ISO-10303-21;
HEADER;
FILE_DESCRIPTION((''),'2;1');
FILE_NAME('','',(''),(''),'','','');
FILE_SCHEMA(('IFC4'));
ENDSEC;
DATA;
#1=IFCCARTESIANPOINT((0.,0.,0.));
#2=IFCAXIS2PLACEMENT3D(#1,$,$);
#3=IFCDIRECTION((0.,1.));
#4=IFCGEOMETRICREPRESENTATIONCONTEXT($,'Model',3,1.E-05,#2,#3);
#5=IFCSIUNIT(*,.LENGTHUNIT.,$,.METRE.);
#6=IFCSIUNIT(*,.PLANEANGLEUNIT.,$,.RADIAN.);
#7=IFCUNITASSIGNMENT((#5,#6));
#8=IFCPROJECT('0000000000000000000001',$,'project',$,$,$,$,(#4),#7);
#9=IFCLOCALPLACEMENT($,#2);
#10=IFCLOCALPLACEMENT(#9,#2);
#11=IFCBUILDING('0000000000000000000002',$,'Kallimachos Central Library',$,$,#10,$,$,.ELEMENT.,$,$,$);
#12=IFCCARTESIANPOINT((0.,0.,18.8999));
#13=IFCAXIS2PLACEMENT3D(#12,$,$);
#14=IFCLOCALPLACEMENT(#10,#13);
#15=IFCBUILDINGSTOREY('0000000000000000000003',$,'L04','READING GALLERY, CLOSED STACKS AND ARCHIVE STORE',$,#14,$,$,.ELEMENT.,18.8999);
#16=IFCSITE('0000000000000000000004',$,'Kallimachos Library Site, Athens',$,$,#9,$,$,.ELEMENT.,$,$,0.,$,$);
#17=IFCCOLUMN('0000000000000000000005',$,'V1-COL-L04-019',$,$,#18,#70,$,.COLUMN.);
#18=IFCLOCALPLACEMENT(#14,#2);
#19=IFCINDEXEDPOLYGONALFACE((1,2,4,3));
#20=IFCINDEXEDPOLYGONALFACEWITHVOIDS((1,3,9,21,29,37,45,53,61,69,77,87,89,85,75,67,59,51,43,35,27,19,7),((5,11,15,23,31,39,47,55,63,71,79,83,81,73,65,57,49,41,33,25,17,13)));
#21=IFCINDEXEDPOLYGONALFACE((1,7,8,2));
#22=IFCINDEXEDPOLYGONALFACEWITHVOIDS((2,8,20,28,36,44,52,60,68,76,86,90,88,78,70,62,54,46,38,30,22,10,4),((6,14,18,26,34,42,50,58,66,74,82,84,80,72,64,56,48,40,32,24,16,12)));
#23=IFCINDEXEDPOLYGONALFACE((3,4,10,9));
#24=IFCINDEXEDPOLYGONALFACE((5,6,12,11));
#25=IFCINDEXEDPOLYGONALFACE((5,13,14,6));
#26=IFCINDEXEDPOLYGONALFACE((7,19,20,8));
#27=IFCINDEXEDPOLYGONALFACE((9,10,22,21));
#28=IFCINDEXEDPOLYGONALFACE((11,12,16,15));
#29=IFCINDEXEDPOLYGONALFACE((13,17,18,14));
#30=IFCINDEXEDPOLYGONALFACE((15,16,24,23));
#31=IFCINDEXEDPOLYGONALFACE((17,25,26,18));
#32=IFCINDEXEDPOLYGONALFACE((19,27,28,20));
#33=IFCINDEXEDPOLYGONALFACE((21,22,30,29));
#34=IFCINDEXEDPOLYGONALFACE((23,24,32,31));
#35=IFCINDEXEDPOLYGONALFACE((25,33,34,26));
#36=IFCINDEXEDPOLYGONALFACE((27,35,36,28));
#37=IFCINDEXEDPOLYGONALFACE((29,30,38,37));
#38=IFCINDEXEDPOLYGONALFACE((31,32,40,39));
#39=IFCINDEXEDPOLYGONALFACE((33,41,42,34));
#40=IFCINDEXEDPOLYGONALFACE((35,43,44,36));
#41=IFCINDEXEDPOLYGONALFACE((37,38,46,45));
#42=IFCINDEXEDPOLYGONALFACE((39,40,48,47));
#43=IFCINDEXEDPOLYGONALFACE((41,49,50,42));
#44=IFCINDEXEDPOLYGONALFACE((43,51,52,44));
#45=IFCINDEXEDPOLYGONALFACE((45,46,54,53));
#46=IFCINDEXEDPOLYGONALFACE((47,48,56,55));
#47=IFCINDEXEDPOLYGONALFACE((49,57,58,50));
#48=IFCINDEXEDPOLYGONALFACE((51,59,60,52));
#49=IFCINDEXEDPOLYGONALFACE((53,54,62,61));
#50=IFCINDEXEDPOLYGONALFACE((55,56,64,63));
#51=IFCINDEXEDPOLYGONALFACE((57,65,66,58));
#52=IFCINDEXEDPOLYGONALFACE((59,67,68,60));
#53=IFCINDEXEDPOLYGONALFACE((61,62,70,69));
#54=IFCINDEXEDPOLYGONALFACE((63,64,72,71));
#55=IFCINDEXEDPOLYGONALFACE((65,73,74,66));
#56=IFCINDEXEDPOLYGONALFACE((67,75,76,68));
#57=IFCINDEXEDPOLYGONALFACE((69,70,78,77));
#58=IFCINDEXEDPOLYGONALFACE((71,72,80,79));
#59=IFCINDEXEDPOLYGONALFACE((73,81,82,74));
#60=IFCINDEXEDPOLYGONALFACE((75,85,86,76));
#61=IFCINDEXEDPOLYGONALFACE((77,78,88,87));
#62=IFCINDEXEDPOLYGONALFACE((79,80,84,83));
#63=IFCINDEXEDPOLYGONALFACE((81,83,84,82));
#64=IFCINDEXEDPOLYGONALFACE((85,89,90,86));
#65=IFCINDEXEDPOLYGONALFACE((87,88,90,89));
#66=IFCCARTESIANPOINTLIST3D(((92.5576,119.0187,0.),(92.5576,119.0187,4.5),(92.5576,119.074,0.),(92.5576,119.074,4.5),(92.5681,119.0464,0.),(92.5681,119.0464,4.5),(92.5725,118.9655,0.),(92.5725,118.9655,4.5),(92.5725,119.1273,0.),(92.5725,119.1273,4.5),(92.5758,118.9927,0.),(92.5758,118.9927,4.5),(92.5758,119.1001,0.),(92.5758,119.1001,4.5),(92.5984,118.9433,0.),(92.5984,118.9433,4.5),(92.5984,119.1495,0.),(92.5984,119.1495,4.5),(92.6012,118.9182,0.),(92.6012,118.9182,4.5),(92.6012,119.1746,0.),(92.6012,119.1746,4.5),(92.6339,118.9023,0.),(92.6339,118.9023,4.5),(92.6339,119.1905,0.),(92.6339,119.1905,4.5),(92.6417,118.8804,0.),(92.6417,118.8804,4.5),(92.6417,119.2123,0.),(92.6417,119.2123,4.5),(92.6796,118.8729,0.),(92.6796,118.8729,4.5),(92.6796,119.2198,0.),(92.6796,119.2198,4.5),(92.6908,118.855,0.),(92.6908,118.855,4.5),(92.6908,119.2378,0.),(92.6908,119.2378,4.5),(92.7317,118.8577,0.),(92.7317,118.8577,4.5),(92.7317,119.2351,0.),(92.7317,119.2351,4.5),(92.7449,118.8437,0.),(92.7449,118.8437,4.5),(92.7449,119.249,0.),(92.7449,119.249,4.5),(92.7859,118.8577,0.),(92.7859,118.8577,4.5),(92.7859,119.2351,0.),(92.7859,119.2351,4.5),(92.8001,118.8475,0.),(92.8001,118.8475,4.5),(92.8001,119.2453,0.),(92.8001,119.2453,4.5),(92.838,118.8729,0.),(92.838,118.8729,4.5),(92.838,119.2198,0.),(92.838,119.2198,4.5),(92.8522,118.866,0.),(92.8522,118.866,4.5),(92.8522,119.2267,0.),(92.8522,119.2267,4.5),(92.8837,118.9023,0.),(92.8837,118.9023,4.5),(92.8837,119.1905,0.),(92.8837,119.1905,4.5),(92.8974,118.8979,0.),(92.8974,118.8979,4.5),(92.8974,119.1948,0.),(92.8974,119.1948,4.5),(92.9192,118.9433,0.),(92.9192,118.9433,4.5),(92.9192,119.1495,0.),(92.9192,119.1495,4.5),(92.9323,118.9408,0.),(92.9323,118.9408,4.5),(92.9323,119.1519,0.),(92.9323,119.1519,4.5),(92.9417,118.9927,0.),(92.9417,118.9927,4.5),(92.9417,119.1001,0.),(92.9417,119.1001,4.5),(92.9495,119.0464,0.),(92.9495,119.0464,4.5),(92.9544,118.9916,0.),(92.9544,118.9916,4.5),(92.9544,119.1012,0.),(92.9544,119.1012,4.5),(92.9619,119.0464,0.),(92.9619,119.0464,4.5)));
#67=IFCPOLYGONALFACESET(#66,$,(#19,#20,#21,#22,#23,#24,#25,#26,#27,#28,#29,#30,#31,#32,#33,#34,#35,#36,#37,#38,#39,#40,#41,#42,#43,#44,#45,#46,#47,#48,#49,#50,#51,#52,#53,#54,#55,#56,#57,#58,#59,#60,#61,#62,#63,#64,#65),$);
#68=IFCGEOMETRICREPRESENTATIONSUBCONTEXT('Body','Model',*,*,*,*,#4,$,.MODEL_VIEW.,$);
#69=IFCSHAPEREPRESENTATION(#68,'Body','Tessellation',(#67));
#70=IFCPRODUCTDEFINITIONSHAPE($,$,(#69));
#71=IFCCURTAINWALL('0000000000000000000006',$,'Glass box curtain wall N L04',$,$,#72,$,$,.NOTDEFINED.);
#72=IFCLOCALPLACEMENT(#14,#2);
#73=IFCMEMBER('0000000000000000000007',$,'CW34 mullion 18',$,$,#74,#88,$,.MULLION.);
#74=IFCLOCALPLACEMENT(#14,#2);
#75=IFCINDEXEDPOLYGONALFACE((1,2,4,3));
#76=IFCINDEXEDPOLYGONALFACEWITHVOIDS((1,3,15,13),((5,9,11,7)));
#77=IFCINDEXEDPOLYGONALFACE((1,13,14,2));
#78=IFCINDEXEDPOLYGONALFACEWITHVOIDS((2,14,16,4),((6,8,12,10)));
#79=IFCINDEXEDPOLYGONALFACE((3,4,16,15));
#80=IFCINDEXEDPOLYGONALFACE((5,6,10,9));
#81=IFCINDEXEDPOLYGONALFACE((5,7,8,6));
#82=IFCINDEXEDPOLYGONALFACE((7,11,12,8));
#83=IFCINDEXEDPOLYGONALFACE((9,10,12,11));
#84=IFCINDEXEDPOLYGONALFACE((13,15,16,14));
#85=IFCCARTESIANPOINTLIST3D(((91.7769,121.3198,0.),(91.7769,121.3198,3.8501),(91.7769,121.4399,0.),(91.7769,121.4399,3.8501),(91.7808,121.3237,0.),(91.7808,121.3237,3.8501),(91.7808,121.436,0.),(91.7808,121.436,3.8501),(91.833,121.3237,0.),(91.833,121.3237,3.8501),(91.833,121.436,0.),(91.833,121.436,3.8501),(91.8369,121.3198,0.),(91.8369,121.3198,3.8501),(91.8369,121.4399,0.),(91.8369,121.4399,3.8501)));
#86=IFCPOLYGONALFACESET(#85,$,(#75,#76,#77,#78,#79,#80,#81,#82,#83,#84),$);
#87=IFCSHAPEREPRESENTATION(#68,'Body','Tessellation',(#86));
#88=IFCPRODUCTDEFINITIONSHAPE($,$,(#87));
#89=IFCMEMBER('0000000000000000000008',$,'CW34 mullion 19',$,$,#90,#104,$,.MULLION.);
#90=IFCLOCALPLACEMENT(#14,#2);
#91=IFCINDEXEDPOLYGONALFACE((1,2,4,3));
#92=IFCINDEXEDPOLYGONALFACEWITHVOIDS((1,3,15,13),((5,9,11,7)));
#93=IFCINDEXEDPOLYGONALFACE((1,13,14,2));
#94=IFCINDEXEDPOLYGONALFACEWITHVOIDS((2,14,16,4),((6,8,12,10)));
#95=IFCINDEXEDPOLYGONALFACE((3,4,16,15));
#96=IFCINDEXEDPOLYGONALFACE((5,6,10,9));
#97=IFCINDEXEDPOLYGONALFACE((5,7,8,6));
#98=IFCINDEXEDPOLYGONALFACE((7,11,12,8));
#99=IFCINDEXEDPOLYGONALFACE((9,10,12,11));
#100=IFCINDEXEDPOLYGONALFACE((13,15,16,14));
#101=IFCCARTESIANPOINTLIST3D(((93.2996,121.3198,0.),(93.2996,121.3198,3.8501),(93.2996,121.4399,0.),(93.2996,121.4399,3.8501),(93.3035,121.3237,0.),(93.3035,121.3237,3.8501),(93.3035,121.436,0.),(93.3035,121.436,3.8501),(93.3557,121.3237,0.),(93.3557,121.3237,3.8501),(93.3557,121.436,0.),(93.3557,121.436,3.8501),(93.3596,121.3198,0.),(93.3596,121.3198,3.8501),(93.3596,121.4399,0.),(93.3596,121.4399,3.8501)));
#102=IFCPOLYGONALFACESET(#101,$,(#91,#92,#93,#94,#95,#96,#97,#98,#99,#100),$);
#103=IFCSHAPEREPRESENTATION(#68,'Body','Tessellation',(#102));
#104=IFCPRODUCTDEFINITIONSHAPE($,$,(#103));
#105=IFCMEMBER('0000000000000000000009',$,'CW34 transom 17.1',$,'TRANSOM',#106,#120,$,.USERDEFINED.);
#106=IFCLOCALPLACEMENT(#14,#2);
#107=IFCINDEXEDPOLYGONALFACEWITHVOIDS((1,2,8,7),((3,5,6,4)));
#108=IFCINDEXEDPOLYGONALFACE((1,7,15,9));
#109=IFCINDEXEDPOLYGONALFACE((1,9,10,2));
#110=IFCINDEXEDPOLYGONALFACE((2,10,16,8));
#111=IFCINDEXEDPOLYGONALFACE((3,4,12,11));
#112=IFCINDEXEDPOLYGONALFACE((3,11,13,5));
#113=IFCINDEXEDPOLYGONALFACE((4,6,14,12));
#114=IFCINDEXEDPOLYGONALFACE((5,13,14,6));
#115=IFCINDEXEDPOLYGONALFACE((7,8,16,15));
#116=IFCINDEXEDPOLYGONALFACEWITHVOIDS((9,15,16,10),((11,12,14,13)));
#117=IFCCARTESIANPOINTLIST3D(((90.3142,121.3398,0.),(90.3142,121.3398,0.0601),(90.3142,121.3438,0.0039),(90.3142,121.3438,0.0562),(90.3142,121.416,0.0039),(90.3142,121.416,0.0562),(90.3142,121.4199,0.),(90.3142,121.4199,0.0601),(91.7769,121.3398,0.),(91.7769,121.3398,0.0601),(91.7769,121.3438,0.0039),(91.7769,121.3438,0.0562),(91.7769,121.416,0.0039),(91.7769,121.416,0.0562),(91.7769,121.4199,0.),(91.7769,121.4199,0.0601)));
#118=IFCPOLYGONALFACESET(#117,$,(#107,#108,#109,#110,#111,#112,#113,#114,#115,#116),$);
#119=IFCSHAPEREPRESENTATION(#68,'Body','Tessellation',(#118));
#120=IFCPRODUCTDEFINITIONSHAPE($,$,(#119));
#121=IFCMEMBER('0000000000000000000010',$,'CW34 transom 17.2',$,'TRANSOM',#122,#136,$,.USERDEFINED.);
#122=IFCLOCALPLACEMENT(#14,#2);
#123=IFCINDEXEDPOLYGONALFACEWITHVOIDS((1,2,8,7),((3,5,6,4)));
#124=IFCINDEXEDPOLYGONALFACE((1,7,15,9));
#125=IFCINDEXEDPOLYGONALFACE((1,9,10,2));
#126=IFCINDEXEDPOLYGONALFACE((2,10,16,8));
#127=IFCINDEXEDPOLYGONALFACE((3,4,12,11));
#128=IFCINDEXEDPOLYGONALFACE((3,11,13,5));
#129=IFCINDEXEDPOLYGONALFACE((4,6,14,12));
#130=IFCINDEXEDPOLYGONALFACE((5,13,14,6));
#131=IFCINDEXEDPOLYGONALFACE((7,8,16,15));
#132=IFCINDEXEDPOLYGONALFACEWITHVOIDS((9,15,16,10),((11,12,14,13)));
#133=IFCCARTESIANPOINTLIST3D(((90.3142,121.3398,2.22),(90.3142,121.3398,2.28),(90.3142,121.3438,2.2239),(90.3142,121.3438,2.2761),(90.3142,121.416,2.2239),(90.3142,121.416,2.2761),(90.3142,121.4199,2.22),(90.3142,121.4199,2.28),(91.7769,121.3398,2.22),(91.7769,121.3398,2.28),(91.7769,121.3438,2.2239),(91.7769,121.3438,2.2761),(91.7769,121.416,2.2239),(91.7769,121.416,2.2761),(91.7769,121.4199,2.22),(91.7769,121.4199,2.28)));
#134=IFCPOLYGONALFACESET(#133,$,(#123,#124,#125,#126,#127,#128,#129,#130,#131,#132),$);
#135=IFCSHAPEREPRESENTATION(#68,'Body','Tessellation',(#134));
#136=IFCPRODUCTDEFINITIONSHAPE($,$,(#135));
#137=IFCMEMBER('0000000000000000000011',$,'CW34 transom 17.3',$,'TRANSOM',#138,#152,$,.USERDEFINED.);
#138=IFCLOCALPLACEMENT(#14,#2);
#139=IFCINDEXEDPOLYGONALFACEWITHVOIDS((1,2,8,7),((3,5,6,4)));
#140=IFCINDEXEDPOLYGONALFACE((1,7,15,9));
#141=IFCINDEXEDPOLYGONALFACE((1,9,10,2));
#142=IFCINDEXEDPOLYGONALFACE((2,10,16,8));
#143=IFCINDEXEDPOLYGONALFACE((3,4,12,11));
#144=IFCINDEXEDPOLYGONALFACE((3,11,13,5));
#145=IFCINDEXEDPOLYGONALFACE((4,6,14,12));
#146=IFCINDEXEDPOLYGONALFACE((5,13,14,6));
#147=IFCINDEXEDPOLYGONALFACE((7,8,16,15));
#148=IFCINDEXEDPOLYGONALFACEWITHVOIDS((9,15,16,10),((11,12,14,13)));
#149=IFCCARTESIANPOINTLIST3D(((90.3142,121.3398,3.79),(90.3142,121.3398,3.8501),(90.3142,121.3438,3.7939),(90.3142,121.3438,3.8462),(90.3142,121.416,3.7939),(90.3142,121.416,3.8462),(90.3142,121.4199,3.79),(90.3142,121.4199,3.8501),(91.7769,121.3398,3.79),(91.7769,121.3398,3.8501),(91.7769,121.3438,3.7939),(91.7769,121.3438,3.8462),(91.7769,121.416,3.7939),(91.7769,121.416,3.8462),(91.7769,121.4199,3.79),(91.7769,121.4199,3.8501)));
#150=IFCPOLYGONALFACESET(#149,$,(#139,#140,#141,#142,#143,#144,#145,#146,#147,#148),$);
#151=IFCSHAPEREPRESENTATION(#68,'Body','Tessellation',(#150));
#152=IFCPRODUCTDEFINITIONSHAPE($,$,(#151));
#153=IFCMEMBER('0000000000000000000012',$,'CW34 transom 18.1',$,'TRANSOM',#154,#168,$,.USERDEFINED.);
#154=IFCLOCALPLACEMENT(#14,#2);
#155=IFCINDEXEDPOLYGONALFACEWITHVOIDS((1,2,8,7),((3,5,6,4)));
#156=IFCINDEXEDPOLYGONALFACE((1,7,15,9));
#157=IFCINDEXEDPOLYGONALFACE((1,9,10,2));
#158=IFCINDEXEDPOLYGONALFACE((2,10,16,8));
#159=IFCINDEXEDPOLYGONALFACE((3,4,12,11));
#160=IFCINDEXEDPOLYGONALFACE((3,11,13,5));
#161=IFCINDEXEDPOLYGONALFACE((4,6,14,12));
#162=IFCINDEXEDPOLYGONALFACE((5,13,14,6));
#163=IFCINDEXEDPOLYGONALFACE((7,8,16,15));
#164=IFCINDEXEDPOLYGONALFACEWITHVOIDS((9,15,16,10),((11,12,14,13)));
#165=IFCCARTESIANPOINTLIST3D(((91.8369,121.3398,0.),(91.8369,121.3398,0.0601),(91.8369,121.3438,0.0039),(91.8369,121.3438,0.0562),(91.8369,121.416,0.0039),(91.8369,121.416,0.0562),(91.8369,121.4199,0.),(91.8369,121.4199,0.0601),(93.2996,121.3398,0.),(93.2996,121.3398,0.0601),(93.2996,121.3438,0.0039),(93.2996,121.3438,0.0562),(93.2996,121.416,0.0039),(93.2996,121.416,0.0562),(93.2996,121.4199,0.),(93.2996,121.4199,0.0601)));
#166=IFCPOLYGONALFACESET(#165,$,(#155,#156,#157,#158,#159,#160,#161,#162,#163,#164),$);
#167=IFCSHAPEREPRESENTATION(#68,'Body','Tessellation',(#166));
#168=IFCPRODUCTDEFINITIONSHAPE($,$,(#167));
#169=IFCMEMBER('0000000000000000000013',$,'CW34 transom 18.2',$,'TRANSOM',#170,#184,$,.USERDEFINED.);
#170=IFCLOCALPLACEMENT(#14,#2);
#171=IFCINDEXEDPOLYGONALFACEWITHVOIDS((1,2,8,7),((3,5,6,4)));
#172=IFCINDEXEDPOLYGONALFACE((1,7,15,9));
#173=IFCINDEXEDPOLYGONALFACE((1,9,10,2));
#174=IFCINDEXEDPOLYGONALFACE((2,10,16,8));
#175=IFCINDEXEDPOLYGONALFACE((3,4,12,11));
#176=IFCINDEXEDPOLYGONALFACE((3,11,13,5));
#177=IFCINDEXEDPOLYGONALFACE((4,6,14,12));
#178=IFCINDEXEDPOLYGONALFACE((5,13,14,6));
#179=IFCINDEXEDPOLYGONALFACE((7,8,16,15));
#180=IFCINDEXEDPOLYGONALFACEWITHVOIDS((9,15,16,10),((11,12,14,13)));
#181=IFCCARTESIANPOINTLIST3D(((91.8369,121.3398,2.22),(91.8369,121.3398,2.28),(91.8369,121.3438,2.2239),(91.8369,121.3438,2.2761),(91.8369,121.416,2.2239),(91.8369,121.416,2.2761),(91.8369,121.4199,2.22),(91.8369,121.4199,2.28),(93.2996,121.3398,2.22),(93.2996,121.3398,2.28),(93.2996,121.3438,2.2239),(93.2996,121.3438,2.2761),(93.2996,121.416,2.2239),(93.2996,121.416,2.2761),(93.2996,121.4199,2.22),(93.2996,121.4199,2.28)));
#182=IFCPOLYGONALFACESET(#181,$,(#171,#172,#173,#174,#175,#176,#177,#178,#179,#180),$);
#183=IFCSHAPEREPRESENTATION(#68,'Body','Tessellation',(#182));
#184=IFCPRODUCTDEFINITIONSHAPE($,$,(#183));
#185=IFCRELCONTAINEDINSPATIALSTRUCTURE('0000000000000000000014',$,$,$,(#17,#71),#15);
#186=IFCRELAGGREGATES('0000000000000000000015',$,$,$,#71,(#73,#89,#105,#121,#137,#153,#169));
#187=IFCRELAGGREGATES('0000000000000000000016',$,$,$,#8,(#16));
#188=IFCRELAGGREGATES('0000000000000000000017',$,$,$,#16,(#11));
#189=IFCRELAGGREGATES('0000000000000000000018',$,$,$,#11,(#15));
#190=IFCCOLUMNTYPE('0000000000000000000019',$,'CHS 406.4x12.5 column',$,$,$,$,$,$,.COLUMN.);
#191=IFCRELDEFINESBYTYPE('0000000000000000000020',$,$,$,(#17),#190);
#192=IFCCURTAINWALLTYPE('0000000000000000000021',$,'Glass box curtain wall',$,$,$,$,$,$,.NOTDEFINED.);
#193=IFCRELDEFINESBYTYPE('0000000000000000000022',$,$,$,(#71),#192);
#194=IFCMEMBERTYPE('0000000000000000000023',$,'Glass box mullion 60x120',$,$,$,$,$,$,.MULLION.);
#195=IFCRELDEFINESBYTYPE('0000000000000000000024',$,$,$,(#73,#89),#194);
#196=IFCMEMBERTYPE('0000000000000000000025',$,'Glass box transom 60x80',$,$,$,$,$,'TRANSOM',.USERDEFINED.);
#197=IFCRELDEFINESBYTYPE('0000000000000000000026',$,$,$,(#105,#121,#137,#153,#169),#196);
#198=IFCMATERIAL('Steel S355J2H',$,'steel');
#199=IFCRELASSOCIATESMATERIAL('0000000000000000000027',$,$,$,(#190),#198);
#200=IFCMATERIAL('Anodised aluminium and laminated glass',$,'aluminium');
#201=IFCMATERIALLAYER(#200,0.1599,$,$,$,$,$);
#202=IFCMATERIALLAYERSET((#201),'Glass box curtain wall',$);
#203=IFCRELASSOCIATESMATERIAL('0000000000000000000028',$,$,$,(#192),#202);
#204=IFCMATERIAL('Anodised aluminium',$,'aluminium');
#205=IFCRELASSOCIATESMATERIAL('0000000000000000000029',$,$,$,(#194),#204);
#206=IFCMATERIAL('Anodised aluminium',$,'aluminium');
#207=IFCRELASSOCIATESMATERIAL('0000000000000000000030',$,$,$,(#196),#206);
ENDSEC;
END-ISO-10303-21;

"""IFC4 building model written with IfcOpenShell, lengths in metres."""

from ifc_helpers import new_model, si_unit, direction, frame, origin, origin_2d, place, context, subcontext, project, spatial, hollow_rectangle, hollow_circle, extrude, material, layer, layer_set, material_profile, profile_set, type_object, element, aggregate, save


model = new_model("IFC4")

# Units and contexts
model_context = context("Model", 3, precision=1e-05, world=origin(), true_north=direction((0.0, 1.0)))
body_context = subcontext(model_context, "Body", "Model", "MODEL_VIEW")
ifc_project = project(units=[si_unit("LENGTHUNIT", "METRE"), si_unit("PLANEANGLEUNIT", "RADIAN")], contexts=[model_context])

# Site, building, storey
site_placement = place(None, origin())
site = spatial("IfcSite", under=ifc_project, at=site_placement, Name="Kallimachos Library Site, Athens", CompositionType="ELEMENT", RefElevation=0.0)
building_placement = place(site_placement, origin())
building = spatial("IfcBuilding", under=site, at=building_placement, Name="Kallimachos Central Library", CompositionType="ELEMENT")
storey_placement = place(building_placement, frame((0.0, 0.0, 18.8999)))
storey = spatial("IfcBuildingStorey", under=building, at=storey_placement, Name="L04", Description="READING GALLERY, CLOSED STACKS AND ARCHIVE STORE", CompositionType="ELEMENT", Elevation=18.8999)

# Column
ifc_material_1 = material(Name="Steel S355J2H", Category="steel")
ifc_material_profile_1 = material_profile(ifc_material_1, hollow_circle(Radius=0.2031, WallThickness=0.0125, at=origin_2d()), Name="CHS 406.4x12.5")
ifc_profile_set_1 = profile_set([ifc_material_profile_1], Name="Steel S355J2H")
column_type = type_object("IfcColumnType", Name="CHS 406.4x12.5 column", PredefinedType="COLUMN", material=ifc_profile_set_1)
column_placement = place(storey_placement, frame((92.7588, 119.0464, 0.0), z_axis=(0.0, 0.0, 1.0), x_axis=(1.0, 0.0, 0.0)))
element("IfcColumn", 1, at=column_placement, inside=storey, type_object=column_type, Name="V1-COL-L04-019", PredefinedType="COLUMN", context=body_context, shape_type="SweptSolid", body=[
    extrude(hollow_circle(Radius=0.2031, WallThickness=0.0125, at=origin_2d()), origin(), (0.0, 0.0, 1.0), 4.5),
])

# Curtain wall, members
ifc_material_2 = material(Name="Anodised aluminium and laminated glass", Category="aluminium")
ifc_layer_1 = layer(ifc_material_2, 0.1599)
ifc_layer_set_1 = layer_set([ifc_layer_1], Name="Glass box curtain wall")
curtain_wall_type = type_object("IfcCurtainWallType", Name="Glass box curtain wall", PredefinedType="NOTDEFINED", material=ifc_layer_set_1)
curtain_wall_placement = place(storey_placement, origin())
curtain_wall = element("IfcCurtainWall", 2, at=curtain_wall_placement, inside=storey, type_object=curtain_wall_type, Name="Glass box curtain wall N L04", PredefinedType="NOTDEFINED")
ifc_material_3 = material(Name="Anodised aluminium", Category="aluminium")
ifc_material_profile_2 = material_profile(ifc_material_3, hollow_rectangle(XDim=0.0601, YDim=0.1201, WallThickness=0.0039, at=origin_2d()), Name="ALU MULLION 60x120")
ifc_profile_set_2 = profile_set([ifc_material_profile_2], Name="Anodised aluminium")
member_type_1 = type_object("IfcMemberType", Name="Glass box mullion 60x120", PredefinedType="MULLION", material=ifc_profile_set_2)
member_1_placement = place(storey_placement, frame((91.8069, 121.3799, 0.0), z_axis=(0.0, 0.0, 1.0), x_axis=(1.0, 0.0, 0.0)))
member_1 = element("IfcMember", 3, at=member_1_placement, type_object=member_type_1, Name="CW34 mullion 18", PredefinedType="MULLION", context=body_context, shape_type="SweptSolid", body=[
    extrude(hollow_rectangle(XDim=0.0601, YDim=0.1201, WallThickness=0.0039, at=origin_2d()), origin(), (0.0, 0.0, 1.0), 3.8501),
])
member_2_placement = place(storey_placement, frame((93.3296, 121.3799, 0.0), z_axis=(0.0, 0.0, 1.0), x_axis=(1.0, 0.0, 0.0)))
member_2 = element("IfcMember", 4, at=member_2_placement, type_object=member_type_1, Name="CW34 mullion 19", PredefinedType="MULLION", context=body_context, shape_type="SweptSolid", body=[
    extrude(hollow_rectangle(XDim=0.0601, YDim=0.1201, WallThickness=0.0039, at=origin_2d()), origin(), (0.0, 0.0, 1.0), 3.8501),
])
ifc_material_4 = material(Name="Anodised aluminium", Category="aluminium")
ifc_material_profile_3 = material_profile(ifc_material_4, hollow_rectangle(XDim=0.0601, YDim=0.0801, WallThickness=0.0039, at=origin_2d()), Name="ALU TRANSOM 60x80")
ifc_profile_set_3 = profile_set([ifc_material_profile_3], Name="Anodised aluminium")
member_type_2 = type_object("IfcMemberType", Name="Glass box transom 60x80", ElementType="TRANSOM", PredefinedType="USERDEFINED", material=ifc_profile_set_3)
member_3_placement = place(storey_placement, frame((90.3142, 121.3799, 0.03), z_axis=(1.0, 0.0, 0.0), x_axis=(0.0, 0.0, 1.0)))
member_3 = element("IfcMember", 5, at=member_3_placement, type_object=member_type_2, Name="CW34 transom 17.1", ObjectType="TRANSOM", PredefinedType="USERDEFINED", context=body_context, shape_type="SweptSolid", body=[
    extrude(hollow_rectangle(XDim=0.0601, YDim=0.0801, WallThickness=0.0039, at=origin_2d()), origin(), (0.0, 0.0, 1.0), 1.4626),
])
member_4_placement = place(storey_placement, frame((90.3142, 121.3799, 2.25), z_axis=(1.0, 0.0, 0.0), x_axis=(0.0, 0.0, 1.0)))
member_4 = element("IfcMember", 6, at=member_4_placement, type_object=member_type_2, Name="CW34 transom 17.2", ObjectType="TRANSOM", PredefinedType="USERDEFINED", context=body_context, shape_type="SweptSolid", body=[
    extrude(hollow_rectangle(XDim=0.0601, YDim=0.0801, WallThickness=0.0039, at=origin_2d()), origin(), (0.0, 0.0, 1.0), 1.4626),
])
member_5_placement = place(storey_placement, frame((90.3142, 121.3799, 3.8201), z_axis=(1.0, 0.0, 0.0), x_axis=(0.0, 0.0, 1.0)))
member_5 = element("IfcMember", 7, at=member_5_placement, type_object=member_type_2, Name="CW34 transom 17.3", ObjectType="TRANSOM", PredefinedType="USERDEFINED", context=body_context, shape_type="SweptSolid", body=[
    extrude(hollow_rectangle(XDim=0.0601, YDim=0.0801, WallThickness=0.0039, at=origin_2d()), origin(), (0.0, 0.0, 1.0), 1.4626),
])
member_6_placement = place(storey_placement, frame((91.8369, 121.3799, 0.03), z_axis=(1.0, 0.0, 0.0), x_axis=(0.0, 0.0, 1.0)))
member_6 = element("IfcMember", 8, at=member_6_placement, type_object=member_type_2, Name="CW34 transom 18.1", ObjectType="TRANSOM", PredefinedType="USERDEFINED", context=body_context, shape_type="SweptSolid", body=[
    extrude(hollow_rectangle(XDim=0.0601, YDim=0.0801, WallThickness=0.0039, at=origin_2d()), origin(), (0.0, 0.0, 1.0), 1.4626),
])
member_7_placement = place(storey_placement, frame((91.8369, 121.3799, 2.25), z_axis=(1.0, 0.0, 0.0), x_axis=(0.0, 0.0, 1.0)))
member_7 = element("IfcMember", 9, at=member_7_placement, type_object=member_type_2, Name="CW34 transom 18.2", ObjectType="TRANSOM", PredefinedType="USERDEFINED", context=body_context, shape_type="SweptSolid", body=[
    extrude(hollow_rectangle(XDim=0.0601, YDim=0.0801, WallThickness=0.0039, at=origin_2d()), origin(), (0.0, 0.0, 1.0), 1.4626),
])

aggregate(curtain_wall, [member_1, member_2, member_3, member_4, member_5, member_6, member_7])

save(model, "model.ifc")
